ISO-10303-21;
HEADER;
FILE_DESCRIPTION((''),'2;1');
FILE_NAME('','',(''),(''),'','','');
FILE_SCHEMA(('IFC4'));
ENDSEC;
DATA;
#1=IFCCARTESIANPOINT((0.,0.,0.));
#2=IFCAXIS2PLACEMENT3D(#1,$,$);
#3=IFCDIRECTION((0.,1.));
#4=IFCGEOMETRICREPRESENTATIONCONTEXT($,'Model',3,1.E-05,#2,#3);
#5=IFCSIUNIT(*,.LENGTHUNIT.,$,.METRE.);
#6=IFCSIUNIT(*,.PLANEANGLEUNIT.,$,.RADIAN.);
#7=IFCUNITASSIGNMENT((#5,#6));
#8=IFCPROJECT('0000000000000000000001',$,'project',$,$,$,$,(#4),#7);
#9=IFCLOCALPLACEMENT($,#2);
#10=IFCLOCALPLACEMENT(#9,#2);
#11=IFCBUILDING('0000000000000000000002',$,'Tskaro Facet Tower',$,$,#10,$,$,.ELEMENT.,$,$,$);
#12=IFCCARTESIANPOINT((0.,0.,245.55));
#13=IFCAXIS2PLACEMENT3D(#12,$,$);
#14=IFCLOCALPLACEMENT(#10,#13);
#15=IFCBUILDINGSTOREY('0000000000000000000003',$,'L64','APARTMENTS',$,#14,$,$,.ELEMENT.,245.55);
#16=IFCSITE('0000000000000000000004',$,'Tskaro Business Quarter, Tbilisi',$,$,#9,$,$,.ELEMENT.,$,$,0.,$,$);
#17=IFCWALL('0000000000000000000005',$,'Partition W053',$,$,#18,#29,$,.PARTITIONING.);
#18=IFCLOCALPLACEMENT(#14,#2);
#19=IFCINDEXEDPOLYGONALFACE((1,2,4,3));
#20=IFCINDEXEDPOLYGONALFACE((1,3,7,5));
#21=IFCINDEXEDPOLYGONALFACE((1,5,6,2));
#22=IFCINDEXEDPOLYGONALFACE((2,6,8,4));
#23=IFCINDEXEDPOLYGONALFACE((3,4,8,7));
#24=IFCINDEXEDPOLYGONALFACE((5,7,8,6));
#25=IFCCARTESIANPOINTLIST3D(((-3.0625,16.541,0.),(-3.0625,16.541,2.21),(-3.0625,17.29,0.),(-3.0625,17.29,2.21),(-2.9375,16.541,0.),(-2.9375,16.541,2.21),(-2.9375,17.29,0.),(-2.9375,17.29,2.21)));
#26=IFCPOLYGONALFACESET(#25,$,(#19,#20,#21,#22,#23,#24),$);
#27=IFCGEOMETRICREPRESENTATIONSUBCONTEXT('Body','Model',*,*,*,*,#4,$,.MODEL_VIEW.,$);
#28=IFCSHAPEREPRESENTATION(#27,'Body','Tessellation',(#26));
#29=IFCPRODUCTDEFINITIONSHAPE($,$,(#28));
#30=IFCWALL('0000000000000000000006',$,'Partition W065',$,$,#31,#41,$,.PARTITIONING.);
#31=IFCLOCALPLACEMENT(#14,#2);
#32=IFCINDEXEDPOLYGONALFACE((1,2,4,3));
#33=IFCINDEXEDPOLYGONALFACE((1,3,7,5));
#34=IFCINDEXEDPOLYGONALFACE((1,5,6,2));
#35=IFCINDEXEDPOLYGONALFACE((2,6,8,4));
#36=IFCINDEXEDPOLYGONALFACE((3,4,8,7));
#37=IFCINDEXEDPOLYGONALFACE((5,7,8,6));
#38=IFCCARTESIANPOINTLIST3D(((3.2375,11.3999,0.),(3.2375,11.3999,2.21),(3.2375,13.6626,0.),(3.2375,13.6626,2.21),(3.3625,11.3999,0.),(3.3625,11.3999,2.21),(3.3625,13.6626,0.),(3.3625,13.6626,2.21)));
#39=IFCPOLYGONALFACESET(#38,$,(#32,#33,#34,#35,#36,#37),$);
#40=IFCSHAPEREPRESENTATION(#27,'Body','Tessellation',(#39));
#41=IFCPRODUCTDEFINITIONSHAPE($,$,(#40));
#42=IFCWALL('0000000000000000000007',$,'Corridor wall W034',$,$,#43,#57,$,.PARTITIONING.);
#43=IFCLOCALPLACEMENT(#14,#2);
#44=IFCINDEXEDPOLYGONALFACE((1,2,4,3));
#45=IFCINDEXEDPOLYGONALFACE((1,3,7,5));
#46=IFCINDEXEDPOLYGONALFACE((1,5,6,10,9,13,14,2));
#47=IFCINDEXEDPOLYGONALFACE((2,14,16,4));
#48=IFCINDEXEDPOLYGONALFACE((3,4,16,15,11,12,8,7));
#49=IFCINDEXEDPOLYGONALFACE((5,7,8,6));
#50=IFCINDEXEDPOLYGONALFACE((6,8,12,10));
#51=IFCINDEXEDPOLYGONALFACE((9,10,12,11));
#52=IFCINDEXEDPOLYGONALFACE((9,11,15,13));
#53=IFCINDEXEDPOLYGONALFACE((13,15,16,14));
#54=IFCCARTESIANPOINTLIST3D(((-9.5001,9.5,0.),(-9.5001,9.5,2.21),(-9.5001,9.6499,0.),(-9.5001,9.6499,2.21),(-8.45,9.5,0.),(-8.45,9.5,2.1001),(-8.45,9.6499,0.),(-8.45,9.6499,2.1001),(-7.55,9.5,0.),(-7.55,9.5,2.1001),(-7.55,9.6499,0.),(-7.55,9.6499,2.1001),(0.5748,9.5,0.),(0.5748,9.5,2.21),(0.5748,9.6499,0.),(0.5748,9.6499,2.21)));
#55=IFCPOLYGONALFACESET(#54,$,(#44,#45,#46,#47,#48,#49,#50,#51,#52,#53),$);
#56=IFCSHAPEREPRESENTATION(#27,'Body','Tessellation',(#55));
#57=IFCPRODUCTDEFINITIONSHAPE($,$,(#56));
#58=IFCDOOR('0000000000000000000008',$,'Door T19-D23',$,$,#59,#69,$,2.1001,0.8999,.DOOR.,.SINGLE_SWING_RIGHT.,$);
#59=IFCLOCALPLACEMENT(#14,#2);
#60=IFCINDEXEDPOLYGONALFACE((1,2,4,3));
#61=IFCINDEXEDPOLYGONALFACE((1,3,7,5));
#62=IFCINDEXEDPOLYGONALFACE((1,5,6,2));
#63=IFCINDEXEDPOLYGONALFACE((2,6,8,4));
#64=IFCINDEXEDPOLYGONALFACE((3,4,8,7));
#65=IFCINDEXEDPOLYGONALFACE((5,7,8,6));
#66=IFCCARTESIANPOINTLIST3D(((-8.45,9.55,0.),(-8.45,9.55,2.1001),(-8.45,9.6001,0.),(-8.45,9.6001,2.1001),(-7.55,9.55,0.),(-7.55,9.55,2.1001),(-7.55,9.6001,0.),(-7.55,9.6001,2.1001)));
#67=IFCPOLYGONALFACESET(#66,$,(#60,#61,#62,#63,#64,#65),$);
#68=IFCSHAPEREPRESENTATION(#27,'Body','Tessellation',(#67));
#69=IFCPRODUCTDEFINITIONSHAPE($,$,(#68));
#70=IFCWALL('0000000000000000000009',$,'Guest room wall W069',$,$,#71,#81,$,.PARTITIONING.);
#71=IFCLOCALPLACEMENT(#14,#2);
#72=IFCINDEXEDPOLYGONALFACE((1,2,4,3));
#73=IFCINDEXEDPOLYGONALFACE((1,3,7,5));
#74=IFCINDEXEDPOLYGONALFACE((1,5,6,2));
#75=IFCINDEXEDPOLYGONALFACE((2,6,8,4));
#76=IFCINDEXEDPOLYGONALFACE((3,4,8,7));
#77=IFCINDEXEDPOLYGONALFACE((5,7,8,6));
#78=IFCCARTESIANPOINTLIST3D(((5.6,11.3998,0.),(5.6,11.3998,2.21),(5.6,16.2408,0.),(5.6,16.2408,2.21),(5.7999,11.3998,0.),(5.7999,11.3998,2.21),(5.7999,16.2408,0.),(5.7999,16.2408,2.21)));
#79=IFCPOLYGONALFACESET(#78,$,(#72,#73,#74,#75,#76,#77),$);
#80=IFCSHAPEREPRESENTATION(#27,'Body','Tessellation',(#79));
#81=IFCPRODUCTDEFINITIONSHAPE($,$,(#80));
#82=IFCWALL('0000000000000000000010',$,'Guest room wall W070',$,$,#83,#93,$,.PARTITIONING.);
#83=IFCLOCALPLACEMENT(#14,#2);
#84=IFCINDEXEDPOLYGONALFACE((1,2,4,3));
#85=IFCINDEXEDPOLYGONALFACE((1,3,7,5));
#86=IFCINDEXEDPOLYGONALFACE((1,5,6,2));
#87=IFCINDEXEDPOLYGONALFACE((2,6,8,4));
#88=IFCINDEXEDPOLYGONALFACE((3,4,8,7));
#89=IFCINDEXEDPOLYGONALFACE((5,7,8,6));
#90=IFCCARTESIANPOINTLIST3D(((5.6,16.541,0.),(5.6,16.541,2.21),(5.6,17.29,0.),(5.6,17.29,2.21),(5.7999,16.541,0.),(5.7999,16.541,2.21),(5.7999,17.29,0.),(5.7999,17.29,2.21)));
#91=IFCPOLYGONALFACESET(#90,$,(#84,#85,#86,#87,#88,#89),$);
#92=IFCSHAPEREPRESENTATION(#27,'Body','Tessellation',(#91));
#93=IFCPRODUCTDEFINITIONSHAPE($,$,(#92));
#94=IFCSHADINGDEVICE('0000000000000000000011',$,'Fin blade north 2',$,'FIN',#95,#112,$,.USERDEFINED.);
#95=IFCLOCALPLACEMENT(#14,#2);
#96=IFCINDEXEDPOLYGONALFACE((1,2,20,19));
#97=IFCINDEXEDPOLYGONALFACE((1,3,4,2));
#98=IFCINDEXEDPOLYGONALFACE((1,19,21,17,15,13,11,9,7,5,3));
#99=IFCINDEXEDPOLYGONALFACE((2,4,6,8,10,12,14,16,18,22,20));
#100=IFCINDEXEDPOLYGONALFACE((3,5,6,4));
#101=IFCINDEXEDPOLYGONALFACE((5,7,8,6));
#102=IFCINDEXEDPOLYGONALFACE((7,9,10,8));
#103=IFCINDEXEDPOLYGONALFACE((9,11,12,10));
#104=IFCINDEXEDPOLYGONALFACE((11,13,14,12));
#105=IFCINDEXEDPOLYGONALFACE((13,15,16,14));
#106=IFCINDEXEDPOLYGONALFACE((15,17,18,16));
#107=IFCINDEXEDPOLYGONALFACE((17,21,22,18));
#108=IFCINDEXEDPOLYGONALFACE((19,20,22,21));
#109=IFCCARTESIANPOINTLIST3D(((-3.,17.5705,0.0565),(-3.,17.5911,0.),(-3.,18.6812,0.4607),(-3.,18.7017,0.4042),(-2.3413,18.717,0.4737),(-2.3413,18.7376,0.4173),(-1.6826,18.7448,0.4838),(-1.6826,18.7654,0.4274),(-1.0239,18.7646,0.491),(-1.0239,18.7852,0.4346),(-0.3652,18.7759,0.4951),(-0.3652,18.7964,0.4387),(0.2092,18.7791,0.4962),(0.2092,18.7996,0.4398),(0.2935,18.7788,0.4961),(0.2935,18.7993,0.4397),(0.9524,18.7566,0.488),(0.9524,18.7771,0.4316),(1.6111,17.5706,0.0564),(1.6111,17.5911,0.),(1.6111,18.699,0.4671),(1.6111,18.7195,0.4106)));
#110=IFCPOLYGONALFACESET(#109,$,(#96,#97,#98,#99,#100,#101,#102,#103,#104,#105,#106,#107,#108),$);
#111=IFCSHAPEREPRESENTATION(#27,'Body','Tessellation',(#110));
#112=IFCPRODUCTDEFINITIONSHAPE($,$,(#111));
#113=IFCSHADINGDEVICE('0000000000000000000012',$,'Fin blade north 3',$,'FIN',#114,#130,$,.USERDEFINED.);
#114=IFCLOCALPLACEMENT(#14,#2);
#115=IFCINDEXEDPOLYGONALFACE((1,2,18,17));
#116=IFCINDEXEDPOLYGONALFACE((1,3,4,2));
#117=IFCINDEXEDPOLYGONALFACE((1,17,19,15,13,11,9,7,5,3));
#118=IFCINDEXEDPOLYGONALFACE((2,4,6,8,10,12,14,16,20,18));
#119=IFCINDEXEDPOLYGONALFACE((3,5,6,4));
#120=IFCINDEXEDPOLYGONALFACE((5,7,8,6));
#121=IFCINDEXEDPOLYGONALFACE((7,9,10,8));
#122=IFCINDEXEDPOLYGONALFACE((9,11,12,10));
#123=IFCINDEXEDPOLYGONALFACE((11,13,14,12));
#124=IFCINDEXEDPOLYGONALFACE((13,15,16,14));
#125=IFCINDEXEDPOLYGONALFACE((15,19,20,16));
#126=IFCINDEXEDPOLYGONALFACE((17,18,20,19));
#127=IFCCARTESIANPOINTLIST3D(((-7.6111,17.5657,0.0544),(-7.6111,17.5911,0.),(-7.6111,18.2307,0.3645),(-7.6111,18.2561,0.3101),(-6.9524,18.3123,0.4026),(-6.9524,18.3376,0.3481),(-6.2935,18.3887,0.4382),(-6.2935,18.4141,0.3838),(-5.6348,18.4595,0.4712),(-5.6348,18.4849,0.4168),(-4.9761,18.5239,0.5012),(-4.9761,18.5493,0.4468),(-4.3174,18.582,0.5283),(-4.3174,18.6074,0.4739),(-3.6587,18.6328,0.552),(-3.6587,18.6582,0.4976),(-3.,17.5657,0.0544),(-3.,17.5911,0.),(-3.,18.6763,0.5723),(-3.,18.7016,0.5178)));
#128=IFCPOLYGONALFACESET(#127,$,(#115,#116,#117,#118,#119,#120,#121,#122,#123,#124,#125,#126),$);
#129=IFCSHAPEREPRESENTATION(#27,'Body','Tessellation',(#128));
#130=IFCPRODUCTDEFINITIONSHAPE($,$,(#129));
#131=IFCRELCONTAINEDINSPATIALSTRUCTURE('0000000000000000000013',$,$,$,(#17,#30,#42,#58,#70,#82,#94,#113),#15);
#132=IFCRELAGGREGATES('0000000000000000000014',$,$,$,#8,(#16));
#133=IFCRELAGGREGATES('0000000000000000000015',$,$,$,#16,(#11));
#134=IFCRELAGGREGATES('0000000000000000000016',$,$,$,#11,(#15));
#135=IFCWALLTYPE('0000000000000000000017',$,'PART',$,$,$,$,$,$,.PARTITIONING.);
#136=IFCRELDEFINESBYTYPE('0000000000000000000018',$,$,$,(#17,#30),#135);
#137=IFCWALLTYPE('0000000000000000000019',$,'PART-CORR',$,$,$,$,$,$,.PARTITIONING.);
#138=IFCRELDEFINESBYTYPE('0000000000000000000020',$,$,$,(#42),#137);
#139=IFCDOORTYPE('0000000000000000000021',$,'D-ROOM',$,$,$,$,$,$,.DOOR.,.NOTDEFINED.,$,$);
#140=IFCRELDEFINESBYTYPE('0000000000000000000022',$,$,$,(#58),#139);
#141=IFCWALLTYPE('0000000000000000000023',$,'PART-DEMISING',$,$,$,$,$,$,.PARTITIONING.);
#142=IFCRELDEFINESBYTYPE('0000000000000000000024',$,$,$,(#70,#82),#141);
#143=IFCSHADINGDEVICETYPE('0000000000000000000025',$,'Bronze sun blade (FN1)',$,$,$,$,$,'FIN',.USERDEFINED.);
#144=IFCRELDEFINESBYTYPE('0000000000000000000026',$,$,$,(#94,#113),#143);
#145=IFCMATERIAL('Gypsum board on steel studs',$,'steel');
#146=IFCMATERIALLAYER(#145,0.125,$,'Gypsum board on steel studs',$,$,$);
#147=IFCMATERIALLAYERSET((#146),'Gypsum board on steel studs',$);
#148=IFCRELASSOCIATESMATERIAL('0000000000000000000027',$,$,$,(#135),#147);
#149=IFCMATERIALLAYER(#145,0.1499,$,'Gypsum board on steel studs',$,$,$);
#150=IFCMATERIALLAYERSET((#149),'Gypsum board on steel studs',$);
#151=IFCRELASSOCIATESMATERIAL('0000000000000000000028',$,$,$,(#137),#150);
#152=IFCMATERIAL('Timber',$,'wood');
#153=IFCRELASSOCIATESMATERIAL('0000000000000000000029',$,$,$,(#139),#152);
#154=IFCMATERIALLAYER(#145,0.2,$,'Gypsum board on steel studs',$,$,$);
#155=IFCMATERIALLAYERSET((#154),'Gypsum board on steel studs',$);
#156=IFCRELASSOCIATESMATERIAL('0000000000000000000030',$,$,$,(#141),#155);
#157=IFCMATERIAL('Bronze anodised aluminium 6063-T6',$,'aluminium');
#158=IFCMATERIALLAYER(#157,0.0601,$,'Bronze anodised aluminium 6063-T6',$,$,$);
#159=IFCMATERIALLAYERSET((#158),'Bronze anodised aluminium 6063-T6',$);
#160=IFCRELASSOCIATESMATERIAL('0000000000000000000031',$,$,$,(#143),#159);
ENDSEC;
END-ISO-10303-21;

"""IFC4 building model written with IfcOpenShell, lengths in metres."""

from ifc_helpers import new_model, si_unit, direction, frame, frame_2d, origin, place, context, subcontext, project, spatial, polyline, rectangle, outline, extrude, material, layer, layer_set, type_object, element, fill, save


model = new_model("IFC4")

# Units and contexts
model_context = context("Model", 3, precision=1e-05, world=origin(), true_north=direction((0.0, 1.0)))
body_context = subcontext(model_context, "Body", "Model", "MODEL_VIEW")
ifc_project = project(units=[si_unit("LENGTHUNIT", "METRE"), si_unit("PLANEANGLEUNIT", "RADIAN")], contexts=[model_context])

# Site, building, storey
site_placement = place(None, origin())
site = spatial("IfcSite", under=ifc_project, at=site_placement, Name="Tskaro Business Quarter, Tbilisi", CompositionType="ELEMENT", RefElevation=0.0)
building_placement = place(site_placement, origin())
building = spatial("IfcBuilding", under=site, at=building_placement, Name="Tskaro Facet Tower", CompositionType="ELEMENT")
storey_placement = place(building_placement, frame((0.0, 0.0, 245.55)))
storey = spatial("IfcBuildingStorey", under=building, at=storey_placement, Name="L64", Description="APARTMENTS", CompositionType="ELEMENT", Elevation=245.55)

# Shared definitions
ifc_material_1 = material(Name="Bronze anodised aluminium 6063-T6", Category="aluminium")

# Walls
ifc_material_2 = material(Name="Gypsum board on steel studs", Category="steel")
ifc_layer_1 = layer(ifc_material_2, 0.125, Name="Gypsum board on steel studs")
ifc_layer_set_1 = layer_set([ifc_layer_1], Name="Gypsum board on steel studs")
wall_type_1 = type_object("IfcWallType", Name="PART", PredefinedType="PARTITIONING", material=ifc_layer_set_1)
wall_1_placement = place(storey_placement, frame((-3.0, 16.541, 0.0), z_axis=(0.0, 0.0, 1.0), x_axis=(0.0, 1.0, 0.0)))
element("IfcWall", 1, at=wall_1_placement, inside=storey, type_object=wall_type_1, Name="Partition W053", PredefinedType="PARTITIONING", context=body_context, shape_type="SweptSolid", body=[
    extrude(rectangle(XDim=0.749, YDim=0.125, at=frame_2d((0.3745, 0.0))), origin(), (0.0, 0.0, 1.0), 2.21),
])
wall_2_placement = place(storey_placement, frame((3.3, 11.3999, 0.0), z_axis=(0.0, 0.0, 1.0), x_axis=(0.0, 1.0, 0.0)))
element("IfcWall", 2, at=wall_2_placement, inside=storey, type_object=wall_type_1, Name="Partition W065", PredefinedType="PARTITIONING", context=body_context, shape_type="SweptSolid", body=[
    extrude(rectangle(XDim=2.2627, YDim=0.125, at=frame_2d((1.1313, 0.0))), origin(), (0.0, 0.0, 1.0), 2.21),
])

# Wall, opening, door
ifc_layer_2 = layer(ifc_material_2, 0.1499, Name="Gypsum board on steel studs")
ifc_layer_set_2 = layer_set([ifc_layer_2], Name="Gypsum board on steel studs")
wall_type_2 = type_object("IfcWallType", Name="PART-CORR", PredefinedType="PARTITIONING", material=ifc_layer_set_2)
wall_3_placement = place(storey_placement, frame((0.575, 9.575, 0.0), z_axis=(0.0, 0.0, 1.0), x_axis=(-1.0, 0.0, 0.0)))
wall_3 = element("IfcWall", 3, at=wall_3_placement, inside=storey, type_object=wall_type_2, Name="Corridor wall W034", PredefinedType="PARTITIONING", context=body_context, shape_type="SweptSolid", body=[
    extrude(rectangle(XDim=10.075, YDim=0.1499, at=frame_2d((5.0376, 0.0))), origin(), (0.0, 0.0, 1.0), 2.21),
])
opening_placement = place(wall_3_placement, frame((8.125, 0.0, 0.0)))
opening = element("IfcOpeningElement", 4, at=opening_placement, cuts=wall_3, PredefinedType="OPENING", context=body_context, shape_type="SweptSolid", body=[
    extrude(rectangle(XDim=0.8999, YDim=2.1001, at=frame_2d((0.45, 1.05))), frame((0.0, 0.085, 0.0), z_axis=(0.0, -1.0, 0.0), x_axis=(1.0, 0.0, 0.0)), (0.0, 0.0, 1.0), 0.1699),
])
ifc_material_3 = material(Name="Timber", Category="wood")
door_type = type_object("IfcDoorType", Name="D-ROOM", OperationType="NOTDEFINED", PredefinedType="DOOR", material=ifc_material_3)
door_placement = place(opening_placement, origin())
door = element("IfcDoor", 5, at=door_placement, inside=storey, type_object=door_type, Name="Door T19-D23", OperationType="SINGLE_SWING_RIGHT", OverallHeight=2.1001, OverallWidth=0.8999, PredefinedType="DOOR", context=body_context, shape_type="SweptSolid", body=[
    extrude(rectangle(XDim=0.8999, YDim=2.1001, at=frame_2d((0.45, 1.05))), frame((0.0, 0.0249, 0.0), z_axis=(0.0, -1.0, 0.0), x_axis=(1.0, 0.0, 0.0)), (0.0, 0.0, 1.0), 0.05),
])
fill(opening, door)

# Walls
ifc_layer_3 = layer(ifc_material_2, 0.2, Name="Gypsum board on steel studs")
ifc_layer_set_3 = layer_set([ifc_layer_3], Name="Gypsum board on steel studs")
wall_type_3 = type_object("IfcWallType", Name="PART-DEMISING", PredefinedType="PARTITIONING", material=ifc_layer_set_3)
wall_4_placement = place(storey_placement, frame((5.7, 11.3999, 0.0), z_axis=(0.0, 0.0, 1.0), x_axis=(0.0, 1.0, 0.0)))
element("IfcWall", 6, at=wall_4_placement, inside=storey, type_object=wall_type_3, Name="Guest room wall W069", PredefinedType="PARTITIONING", context=body_context, shape_type="SweptSolid", body=[
    extrude(rectangle(XDim=4.8411, YDim=0.2, at=frame_2d((2.4204, 0.0))), origin(), (0.0, 0.0, 1.0), 2.21),
])
wall_5_placement = place(storey_placement, frame((5.7, 16.541, 0.0), z_axis=(0.0, 0.0, 1.0), x_axis=(0.0, 1.0, 0.0)))
element("IfcWall", 7, at=wall_5_placement, inside=storey, type_object=wall_type_3, Name="Guest room wall W070", PredefinedType="PARTITIONING", context=body_context, shape_type="SweptSolid", body=[
    extrude(rectangle(XDim=0.749, YDim=0.2, at=frame_2d((0.3745, 0.0))), origin(), (0.0, 0.0, 1.0), 2.21),
])

# Shading devices
ifc_layer_4 = layer(ifc_material_1, 0.0601, Name="Bronze anodised aluminium 6063-T6")
ifc_layer_set_4 = layer_set([ifc_layer_4], Name="Bronze anodised aluminium 6063-T6")
shading_device_type = type_object("IfcShadingDeviceType", Name="Bronze sun blade (FN1)", ElementType="FIN", PredefinedType="USERDEFINED", material=ifc_layer_set_4)
shading_device_1_placement = place(storey_placement, frame((1.6111, 17.5706, 0.0564), z_axis=(0.000013, -0.341992, 0.939703), x_axis=(-1.0, -0.000005, 0.000013)))
element("IfcShadingDevice", 8, at=shading_device_1_placement, inside=storey, type_object=shading_device_type, Name="Fin blade north 2", ObjectType="FIN", PredefinedType="USERDEFINED", context=body_context, shape_type="SweptSolid", body=[
    extrude(outline(polyline([(0.0, 0.0), (4.6111, 0.0), (4.6111, -1.1819), (3.9524, -1.22), (3.2937, -1.2496), (2.635, -1.2707), (1.9763, -1.2827), (1.4019, -1.2861), (1.3176, -1.2858), (0.6587, -1.2621), (0.0, -1.2008), (0.0, 0.0)])), origin(), (0.0, 0.0, -1.0), 0.0601),
])
shading_device_2_placement = place(storey_placement, frame((-3.0, 17.5657, 0.0544), z_axis=(0.0, -0.42259, 0.906321), x_axis=(-1.0, 0.0, 0.0)))
element("IfcShadingDevice", 9, at=shading_device_2_placement, inside=storey, type_object=shading_device_type, Name="Fin blade north 3", ObjectType="FIN", PredefinedType="USERDEFINED", context=body_context, shape_type="SweptSolid", body=[
    extrude(outline(polyline([(0.0, 0.0), (4.6111, 0.0), (4.6111, -0.7338), (3.9524, -0.8238), (3.2935, -0.9081), (2.6348, -0.9862), (1.9761, -1.0573), (1.3174, -1.1214), (0.6587, -1.1774), (0.0, -1.2254), (0.0, 0.0)])), origin(), (0.0, 0.0, -1.0), 0.0601),
])

save(model, "model.ifc")
